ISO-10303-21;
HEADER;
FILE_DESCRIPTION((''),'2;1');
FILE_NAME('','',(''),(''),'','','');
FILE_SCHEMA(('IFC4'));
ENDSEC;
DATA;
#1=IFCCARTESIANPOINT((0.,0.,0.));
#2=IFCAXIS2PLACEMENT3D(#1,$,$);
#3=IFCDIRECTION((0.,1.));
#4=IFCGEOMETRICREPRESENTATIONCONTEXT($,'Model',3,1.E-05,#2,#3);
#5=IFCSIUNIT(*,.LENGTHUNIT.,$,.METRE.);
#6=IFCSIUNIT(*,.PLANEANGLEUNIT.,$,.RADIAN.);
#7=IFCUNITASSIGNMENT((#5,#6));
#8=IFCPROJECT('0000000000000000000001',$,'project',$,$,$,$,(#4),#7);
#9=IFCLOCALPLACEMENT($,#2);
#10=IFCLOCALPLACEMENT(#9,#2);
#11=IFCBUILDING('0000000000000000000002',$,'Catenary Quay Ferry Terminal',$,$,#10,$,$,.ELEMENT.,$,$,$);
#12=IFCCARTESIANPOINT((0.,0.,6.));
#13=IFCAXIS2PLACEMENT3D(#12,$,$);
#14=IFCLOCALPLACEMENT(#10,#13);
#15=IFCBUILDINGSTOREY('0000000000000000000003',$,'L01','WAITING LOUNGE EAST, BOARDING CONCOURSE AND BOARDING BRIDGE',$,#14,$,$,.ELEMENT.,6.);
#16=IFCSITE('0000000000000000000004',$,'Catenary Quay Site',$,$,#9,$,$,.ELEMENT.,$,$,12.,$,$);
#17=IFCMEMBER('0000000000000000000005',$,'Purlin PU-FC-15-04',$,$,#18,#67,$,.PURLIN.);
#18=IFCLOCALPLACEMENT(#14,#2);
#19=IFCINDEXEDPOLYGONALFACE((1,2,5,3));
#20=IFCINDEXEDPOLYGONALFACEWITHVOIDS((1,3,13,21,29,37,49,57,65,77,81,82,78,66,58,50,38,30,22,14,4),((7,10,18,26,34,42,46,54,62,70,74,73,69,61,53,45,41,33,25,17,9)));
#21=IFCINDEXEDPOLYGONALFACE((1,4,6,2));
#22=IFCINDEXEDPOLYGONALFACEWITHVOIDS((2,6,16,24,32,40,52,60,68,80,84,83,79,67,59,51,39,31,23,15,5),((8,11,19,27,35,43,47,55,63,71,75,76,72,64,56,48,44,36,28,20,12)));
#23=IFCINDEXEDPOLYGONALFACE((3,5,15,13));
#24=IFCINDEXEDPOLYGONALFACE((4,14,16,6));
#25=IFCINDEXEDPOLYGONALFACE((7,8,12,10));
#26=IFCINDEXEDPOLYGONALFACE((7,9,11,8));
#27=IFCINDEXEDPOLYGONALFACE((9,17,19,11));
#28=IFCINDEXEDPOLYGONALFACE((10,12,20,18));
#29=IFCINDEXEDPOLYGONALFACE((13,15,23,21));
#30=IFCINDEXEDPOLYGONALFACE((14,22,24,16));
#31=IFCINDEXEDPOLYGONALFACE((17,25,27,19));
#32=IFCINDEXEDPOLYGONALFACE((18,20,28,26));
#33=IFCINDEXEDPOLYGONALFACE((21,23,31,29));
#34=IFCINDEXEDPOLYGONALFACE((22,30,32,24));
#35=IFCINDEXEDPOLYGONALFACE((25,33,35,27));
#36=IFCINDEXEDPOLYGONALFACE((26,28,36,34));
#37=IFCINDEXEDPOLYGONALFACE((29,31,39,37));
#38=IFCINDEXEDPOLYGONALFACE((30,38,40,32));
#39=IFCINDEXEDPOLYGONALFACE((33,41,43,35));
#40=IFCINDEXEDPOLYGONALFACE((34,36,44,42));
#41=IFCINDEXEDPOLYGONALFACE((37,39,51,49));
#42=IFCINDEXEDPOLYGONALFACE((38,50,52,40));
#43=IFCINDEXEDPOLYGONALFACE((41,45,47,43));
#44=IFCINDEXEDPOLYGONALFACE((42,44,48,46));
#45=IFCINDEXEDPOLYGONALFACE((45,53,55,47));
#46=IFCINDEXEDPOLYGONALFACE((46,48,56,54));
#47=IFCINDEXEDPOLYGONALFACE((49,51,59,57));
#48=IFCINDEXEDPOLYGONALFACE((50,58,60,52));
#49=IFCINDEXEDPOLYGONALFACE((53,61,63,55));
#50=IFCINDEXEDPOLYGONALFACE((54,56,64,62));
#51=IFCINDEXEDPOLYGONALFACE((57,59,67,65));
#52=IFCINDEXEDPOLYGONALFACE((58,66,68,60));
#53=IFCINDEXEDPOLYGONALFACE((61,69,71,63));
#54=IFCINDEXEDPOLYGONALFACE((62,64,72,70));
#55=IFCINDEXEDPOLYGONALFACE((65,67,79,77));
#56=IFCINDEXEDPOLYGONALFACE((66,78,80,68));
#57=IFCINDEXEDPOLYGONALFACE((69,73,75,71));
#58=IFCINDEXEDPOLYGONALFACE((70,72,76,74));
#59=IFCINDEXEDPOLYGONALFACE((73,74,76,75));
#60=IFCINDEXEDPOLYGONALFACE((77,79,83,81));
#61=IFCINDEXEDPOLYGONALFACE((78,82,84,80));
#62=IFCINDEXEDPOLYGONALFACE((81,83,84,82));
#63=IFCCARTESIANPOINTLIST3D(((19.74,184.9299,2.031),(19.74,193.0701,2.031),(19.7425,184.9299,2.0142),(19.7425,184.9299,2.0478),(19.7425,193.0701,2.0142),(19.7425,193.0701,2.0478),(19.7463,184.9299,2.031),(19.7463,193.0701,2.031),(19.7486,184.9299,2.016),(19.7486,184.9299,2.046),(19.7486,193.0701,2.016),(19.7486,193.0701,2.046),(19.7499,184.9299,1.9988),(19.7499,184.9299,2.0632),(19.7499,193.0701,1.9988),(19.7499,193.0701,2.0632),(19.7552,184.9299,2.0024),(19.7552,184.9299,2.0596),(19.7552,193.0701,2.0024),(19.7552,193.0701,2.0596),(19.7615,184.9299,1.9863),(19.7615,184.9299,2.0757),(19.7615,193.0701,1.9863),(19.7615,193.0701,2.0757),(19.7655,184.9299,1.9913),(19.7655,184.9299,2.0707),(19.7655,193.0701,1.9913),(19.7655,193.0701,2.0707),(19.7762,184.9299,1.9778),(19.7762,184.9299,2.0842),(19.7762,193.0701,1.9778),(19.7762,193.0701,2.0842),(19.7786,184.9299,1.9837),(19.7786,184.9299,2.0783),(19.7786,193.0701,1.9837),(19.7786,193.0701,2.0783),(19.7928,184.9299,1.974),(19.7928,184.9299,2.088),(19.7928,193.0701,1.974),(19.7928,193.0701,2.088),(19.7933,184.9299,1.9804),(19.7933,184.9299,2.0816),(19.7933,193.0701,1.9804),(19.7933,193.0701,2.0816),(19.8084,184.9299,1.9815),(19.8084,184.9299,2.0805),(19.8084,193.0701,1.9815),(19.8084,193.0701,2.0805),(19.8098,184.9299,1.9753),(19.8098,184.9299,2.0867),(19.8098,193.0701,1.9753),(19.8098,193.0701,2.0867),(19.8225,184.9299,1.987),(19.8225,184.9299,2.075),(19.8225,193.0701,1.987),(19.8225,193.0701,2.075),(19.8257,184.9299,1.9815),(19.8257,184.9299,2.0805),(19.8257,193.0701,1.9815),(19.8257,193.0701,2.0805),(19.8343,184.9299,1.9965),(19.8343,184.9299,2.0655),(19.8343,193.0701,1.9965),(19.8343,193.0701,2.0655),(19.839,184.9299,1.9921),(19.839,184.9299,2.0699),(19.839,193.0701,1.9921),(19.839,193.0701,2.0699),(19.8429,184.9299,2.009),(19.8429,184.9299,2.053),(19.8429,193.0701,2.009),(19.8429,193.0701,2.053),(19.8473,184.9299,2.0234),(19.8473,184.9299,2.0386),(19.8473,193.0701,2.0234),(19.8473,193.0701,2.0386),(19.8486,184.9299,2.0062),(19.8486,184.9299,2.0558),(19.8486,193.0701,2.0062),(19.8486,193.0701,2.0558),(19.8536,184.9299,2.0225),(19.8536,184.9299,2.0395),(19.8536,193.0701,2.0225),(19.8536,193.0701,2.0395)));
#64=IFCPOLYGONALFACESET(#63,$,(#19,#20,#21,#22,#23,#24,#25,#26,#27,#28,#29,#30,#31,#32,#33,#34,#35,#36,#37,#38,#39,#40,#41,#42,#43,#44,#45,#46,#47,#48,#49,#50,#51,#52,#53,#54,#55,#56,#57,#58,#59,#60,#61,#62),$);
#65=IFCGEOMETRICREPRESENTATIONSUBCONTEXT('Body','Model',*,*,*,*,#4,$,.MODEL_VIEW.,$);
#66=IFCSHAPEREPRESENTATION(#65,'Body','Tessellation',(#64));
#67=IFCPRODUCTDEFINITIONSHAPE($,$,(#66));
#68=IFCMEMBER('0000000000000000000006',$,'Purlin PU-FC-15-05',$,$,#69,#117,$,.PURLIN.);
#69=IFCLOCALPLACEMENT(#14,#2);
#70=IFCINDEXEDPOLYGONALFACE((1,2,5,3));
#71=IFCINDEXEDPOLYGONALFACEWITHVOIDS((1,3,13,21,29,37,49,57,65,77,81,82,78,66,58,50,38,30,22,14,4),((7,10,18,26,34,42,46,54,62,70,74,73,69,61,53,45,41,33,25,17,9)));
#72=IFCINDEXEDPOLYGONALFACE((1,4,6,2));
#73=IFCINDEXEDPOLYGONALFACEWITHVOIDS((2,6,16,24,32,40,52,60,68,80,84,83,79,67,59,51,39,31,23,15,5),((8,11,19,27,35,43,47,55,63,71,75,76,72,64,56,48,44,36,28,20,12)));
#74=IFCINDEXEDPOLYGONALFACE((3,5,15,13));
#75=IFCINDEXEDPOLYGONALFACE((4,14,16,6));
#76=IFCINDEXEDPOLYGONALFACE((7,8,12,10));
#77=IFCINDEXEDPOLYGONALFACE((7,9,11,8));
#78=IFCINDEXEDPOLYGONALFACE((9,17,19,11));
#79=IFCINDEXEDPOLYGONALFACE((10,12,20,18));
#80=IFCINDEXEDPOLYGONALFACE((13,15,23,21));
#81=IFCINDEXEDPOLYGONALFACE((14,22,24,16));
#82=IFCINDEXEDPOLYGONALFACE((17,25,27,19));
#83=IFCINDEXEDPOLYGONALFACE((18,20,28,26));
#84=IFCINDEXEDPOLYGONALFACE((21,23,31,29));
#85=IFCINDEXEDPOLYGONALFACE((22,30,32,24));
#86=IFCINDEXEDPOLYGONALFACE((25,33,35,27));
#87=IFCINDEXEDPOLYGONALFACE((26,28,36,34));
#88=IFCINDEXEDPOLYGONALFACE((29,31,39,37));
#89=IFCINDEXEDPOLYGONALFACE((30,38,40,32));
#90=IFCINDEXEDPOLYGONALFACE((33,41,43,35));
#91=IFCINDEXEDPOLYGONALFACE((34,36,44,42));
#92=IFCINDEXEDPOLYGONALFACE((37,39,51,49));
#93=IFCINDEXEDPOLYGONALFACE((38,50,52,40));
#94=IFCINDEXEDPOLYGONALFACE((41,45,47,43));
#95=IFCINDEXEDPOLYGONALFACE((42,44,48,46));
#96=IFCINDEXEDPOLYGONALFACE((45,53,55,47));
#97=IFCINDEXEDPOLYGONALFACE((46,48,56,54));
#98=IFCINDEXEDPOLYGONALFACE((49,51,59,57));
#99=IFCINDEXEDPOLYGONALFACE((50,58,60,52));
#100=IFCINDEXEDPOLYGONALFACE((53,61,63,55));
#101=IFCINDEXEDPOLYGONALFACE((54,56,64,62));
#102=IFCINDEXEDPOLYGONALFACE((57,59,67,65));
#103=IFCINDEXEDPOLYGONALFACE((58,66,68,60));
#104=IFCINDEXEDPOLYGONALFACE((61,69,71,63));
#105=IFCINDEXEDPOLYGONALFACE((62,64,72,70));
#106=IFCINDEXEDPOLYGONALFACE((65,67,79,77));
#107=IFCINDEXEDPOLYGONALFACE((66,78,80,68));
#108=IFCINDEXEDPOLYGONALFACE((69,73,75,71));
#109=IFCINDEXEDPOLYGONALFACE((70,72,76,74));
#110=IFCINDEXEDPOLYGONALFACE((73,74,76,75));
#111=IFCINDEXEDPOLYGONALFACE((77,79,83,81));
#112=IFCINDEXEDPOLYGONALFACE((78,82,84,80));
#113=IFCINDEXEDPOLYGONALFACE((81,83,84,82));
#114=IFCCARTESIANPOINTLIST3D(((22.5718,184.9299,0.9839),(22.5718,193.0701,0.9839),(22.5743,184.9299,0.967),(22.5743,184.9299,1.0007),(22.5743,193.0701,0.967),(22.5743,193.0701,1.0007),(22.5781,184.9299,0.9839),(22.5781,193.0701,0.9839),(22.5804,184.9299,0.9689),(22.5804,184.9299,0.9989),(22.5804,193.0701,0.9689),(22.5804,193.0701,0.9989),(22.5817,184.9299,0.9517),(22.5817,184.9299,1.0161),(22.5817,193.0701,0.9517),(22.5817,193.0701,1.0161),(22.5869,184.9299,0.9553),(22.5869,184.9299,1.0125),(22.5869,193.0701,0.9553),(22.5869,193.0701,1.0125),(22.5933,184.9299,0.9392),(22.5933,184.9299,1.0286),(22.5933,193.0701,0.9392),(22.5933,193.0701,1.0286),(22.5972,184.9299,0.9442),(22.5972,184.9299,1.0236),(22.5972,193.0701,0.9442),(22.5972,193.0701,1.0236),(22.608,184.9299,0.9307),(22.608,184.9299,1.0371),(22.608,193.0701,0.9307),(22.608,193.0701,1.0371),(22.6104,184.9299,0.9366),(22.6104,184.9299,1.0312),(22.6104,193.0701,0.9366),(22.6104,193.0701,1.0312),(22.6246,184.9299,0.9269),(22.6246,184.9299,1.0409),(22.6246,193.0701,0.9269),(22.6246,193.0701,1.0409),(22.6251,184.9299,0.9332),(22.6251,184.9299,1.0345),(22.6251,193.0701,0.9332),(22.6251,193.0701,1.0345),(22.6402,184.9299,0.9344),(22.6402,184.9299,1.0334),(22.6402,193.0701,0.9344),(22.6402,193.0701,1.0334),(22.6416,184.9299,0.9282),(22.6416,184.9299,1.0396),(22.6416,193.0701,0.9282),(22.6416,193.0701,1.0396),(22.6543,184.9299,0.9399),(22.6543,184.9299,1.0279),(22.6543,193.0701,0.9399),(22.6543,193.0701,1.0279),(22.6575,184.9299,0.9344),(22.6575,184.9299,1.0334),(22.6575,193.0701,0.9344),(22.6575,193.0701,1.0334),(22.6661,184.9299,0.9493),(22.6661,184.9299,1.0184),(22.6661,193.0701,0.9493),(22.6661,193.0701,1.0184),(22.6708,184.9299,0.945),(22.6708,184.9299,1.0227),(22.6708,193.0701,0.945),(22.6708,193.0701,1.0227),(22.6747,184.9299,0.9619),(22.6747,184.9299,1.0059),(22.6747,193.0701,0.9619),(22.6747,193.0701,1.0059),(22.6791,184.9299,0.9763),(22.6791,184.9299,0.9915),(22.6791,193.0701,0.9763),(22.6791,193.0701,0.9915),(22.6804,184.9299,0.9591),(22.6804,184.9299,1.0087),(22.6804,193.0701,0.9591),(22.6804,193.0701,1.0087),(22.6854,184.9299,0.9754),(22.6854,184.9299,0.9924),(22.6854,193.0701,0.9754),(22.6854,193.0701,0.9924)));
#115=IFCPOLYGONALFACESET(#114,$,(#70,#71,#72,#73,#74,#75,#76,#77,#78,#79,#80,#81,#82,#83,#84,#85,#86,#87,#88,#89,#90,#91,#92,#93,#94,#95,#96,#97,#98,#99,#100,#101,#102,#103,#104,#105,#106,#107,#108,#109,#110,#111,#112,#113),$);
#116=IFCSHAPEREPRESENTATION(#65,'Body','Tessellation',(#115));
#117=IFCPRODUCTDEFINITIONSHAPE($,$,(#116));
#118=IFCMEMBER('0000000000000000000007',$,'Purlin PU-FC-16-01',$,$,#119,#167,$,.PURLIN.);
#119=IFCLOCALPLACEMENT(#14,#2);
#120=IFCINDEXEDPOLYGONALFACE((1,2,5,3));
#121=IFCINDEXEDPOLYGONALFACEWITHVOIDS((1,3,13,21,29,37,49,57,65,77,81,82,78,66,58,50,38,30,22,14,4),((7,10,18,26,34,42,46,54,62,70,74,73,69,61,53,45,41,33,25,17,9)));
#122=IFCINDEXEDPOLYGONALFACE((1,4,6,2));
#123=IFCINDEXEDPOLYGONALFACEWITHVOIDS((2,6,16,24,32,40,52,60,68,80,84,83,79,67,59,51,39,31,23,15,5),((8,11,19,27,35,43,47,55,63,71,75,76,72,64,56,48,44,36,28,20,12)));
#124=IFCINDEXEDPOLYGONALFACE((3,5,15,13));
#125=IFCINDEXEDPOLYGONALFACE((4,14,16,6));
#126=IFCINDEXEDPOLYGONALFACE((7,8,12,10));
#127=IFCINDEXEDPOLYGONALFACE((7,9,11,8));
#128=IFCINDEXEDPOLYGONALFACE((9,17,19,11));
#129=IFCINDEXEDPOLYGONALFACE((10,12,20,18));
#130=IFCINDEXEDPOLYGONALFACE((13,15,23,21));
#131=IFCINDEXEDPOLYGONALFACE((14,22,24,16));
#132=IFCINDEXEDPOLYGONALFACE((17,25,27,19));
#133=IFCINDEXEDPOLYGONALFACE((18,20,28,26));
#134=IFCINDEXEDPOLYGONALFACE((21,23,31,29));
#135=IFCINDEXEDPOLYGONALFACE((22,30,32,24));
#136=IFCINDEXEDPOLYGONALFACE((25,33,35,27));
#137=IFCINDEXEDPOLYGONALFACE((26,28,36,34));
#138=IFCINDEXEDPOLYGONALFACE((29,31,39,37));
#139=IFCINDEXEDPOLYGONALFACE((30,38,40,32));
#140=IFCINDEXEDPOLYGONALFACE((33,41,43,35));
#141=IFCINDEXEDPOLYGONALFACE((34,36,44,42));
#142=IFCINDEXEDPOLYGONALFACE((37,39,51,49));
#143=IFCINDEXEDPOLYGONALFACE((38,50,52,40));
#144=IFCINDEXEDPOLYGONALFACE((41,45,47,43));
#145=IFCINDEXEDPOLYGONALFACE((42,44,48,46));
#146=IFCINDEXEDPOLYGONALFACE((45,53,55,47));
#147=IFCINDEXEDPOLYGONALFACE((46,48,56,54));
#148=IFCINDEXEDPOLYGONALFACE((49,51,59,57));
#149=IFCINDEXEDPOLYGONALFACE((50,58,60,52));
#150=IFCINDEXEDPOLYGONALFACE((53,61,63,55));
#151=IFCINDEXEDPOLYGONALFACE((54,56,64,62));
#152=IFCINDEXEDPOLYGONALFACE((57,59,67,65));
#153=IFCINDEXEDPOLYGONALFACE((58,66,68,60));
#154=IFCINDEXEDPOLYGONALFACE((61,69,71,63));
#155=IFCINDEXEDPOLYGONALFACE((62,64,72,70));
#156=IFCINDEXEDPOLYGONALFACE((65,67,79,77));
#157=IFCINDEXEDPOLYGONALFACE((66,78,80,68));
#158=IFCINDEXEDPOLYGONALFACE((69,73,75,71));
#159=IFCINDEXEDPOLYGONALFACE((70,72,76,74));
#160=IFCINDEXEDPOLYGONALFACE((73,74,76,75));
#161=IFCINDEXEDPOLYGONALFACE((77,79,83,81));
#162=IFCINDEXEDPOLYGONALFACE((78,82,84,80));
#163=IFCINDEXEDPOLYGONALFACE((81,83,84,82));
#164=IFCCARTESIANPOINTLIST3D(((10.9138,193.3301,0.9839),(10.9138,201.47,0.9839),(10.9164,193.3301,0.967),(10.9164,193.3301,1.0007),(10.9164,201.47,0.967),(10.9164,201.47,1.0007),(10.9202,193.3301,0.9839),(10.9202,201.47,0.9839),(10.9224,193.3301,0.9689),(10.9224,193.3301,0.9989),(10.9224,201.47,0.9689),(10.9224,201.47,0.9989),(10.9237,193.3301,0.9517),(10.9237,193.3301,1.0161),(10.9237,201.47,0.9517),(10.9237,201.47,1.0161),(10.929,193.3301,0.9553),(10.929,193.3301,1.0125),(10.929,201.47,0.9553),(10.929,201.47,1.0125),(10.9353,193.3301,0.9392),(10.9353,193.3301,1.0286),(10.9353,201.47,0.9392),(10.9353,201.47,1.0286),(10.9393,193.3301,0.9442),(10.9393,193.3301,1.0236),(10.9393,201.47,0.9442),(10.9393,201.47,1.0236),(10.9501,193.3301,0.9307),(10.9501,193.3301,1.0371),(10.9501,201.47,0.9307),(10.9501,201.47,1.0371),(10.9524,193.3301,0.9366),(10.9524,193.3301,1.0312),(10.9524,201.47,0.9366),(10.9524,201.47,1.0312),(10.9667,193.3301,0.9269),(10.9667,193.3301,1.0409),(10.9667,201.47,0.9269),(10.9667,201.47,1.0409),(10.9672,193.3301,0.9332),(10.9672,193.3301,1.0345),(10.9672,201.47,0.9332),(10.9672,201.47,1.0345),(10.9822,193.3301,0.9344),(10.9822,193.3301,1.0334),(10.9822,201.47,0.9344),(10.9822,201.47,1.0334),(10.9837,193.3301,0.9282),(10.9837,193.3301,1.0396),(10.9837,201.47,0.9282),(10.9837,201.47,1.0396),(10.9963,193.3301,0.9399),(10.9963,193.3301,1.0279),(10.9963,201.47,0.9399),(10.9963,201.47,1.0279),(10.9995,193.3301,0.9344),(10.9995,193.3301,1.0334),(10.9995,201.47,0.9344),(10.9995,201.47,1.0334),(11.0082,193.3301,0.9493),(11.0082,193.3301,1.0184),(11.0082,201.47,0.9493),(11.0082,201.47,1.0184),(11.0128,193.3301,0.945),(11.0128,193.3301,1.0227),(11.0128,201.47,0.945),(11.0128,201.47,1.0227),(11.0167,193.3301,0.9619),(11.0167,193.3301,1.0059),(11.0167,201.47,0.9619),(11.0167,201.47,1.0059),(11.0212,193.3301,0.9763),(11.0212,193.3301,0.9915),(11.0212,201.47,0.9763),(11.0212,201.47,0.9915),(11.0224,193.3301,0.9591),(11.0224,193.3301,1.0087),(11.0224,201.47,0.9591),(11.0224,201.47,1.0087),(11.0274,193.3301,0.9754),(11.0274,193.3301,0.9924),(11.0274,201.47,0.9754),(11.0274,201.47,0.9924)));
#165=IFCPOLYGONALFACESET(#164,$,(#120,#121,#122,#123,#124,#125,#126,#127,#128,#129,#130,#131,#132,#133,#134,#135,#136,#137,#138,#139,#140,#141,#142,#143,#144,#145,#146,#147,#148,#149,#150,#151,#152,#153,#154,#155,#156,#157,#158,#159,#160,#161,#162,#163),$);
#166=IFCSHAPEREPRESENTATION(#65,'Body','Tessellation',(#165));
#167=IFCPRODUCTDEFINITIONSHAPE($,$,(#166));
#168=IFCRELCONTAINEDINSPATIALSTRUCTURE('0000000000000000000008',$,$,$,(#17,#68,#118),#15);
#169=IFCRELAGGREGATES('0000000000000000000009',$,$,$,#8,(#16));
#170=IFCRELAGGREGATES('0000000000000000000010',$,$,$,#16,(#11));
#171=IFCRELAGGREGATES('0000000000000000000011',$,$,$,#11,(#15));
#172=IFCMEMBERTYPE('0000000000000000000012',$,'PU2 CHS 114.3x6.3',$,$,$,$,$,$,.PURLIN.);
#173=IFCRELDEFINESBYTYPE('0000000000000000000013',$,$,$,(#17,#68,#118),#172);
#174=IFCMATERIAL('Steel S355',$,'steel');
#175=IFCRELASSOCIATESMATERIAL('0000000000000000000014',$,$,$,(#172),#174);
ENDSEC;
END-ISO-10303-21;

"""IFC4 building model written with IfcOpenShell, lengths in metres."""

from ifc_helpers import new_model, si_unit, direction, frame, origin, origin_2d, place, context, subcontext, project, spatial, hollow_circle, extrude, material, material_profile, profile_set, type_object, element, save


model = new_model("IFC4")

# Units and contexts
model_context = context("Model", 3, precision=1e-05, world=origin(), true_north=direction((0.0, 1.0)))
body_context = subcontext(model_context, "Body", "Model", "MODEL_VIEW")
ifc_project = project(units=[si_unit("LENGTHUNIT", "METRE"), si_unit("PLANEANGLEUNIT", "RADIAN")], contexts=[model_context])

# Site, building, storey
site_placement = place(None, origin())
site = spatial("IfcSite", under=ifc_project, at=site_placement, Name="Catenary Quay Site", CompositionType="ELEMENT", RefElevation=12.0)
building_placement = place(site_placement, origin())
building = spatial("IfcBuilding", under=site, at=building_placement, Name="Catenary Quay Ferry Terminal", CompositionType="ELEMENT")
storey_placement = place(building_placement, frame((0.0, 0.0, 6.0)))
storey = spatial("IfcBuildingStorey", under=building, at=storey_placement, Name="L01", Description="WAITING LOUNGE EAST, BOARDING CONCOURSE AND BOARDING BRIDGE", CompositionType="ELEMENT", Elevation=6.0)

# Members
ifc_material_1 = material(Name="Steel S355", Category="steel")
ifc_material_profile_1 = material_profile(ifc_material_1, hollow_circle(Radius=0.0571, WallThickness=0.0063, at=origin_2d()), Name="CHS 114.3x6.3")
ifc_profile_set_1 = profile_set([ifc_material_profile_1], Name="Steel S355")
member_type_1 = type_object("IfcMemberType", Name="PU2 CHS 114.3x6.3", PredefinedType="PURLIN", material=ifc_profile_set_1)
for number, where, z_axis, x_axis, name in (
    (1, (19.7971, 184.9299, 2.031), (0.0, 1.0, 0.0), (-1.0, 0.0, 0.0), "Purlin PU-FC-15-04"),
    (2, (22.6289, 184.9299, 0.9839), (0.0, 1.0, 0.0), (-1.0, 0.0, 0.0), "Purlin PU-FC-15-05"),
):
    element("IfcMember", number, at=place(storey_placement, frame(where, z_axis=z_axis, x_axis=x_axis)), inside=storey, type_object=member_type_1, Name=name, PredefinedType="PURLIN", context=body_context, shape_type="SweptSolid", body=[
        extrude(hollow_circle(Radius=0.0571, WallThickness=0.0063, at=origin_2d()), origin(), (0.0, 0.0, 1.0), 8.1401),
    ])
for number, where, z_axis, x_axis, name in (
    (3, (10.9709, 193.3301, 0.9839), (0.0, 1.0, 0.0), (-1.0, 0.0, 0.0), "Purlin PU-FC-16-01"),
):
    element("IfcMember", number, at=place(storey_placement, frame(where, z_axis=z_axis, x_axis=x_axis)), inside=storey, type_object=member_type_1, Name=name, PredefinedType="PURLIN", context=body_context, shape_type="SweptSolid", body=[
        extrude(hollow_circle(Radius=0.0571, WallThickness=0.0063, at=origin_2d()), origin(), (0.0, 0.0, 1.0), 8.1399),
    ])

save(model, "model.ifc")
